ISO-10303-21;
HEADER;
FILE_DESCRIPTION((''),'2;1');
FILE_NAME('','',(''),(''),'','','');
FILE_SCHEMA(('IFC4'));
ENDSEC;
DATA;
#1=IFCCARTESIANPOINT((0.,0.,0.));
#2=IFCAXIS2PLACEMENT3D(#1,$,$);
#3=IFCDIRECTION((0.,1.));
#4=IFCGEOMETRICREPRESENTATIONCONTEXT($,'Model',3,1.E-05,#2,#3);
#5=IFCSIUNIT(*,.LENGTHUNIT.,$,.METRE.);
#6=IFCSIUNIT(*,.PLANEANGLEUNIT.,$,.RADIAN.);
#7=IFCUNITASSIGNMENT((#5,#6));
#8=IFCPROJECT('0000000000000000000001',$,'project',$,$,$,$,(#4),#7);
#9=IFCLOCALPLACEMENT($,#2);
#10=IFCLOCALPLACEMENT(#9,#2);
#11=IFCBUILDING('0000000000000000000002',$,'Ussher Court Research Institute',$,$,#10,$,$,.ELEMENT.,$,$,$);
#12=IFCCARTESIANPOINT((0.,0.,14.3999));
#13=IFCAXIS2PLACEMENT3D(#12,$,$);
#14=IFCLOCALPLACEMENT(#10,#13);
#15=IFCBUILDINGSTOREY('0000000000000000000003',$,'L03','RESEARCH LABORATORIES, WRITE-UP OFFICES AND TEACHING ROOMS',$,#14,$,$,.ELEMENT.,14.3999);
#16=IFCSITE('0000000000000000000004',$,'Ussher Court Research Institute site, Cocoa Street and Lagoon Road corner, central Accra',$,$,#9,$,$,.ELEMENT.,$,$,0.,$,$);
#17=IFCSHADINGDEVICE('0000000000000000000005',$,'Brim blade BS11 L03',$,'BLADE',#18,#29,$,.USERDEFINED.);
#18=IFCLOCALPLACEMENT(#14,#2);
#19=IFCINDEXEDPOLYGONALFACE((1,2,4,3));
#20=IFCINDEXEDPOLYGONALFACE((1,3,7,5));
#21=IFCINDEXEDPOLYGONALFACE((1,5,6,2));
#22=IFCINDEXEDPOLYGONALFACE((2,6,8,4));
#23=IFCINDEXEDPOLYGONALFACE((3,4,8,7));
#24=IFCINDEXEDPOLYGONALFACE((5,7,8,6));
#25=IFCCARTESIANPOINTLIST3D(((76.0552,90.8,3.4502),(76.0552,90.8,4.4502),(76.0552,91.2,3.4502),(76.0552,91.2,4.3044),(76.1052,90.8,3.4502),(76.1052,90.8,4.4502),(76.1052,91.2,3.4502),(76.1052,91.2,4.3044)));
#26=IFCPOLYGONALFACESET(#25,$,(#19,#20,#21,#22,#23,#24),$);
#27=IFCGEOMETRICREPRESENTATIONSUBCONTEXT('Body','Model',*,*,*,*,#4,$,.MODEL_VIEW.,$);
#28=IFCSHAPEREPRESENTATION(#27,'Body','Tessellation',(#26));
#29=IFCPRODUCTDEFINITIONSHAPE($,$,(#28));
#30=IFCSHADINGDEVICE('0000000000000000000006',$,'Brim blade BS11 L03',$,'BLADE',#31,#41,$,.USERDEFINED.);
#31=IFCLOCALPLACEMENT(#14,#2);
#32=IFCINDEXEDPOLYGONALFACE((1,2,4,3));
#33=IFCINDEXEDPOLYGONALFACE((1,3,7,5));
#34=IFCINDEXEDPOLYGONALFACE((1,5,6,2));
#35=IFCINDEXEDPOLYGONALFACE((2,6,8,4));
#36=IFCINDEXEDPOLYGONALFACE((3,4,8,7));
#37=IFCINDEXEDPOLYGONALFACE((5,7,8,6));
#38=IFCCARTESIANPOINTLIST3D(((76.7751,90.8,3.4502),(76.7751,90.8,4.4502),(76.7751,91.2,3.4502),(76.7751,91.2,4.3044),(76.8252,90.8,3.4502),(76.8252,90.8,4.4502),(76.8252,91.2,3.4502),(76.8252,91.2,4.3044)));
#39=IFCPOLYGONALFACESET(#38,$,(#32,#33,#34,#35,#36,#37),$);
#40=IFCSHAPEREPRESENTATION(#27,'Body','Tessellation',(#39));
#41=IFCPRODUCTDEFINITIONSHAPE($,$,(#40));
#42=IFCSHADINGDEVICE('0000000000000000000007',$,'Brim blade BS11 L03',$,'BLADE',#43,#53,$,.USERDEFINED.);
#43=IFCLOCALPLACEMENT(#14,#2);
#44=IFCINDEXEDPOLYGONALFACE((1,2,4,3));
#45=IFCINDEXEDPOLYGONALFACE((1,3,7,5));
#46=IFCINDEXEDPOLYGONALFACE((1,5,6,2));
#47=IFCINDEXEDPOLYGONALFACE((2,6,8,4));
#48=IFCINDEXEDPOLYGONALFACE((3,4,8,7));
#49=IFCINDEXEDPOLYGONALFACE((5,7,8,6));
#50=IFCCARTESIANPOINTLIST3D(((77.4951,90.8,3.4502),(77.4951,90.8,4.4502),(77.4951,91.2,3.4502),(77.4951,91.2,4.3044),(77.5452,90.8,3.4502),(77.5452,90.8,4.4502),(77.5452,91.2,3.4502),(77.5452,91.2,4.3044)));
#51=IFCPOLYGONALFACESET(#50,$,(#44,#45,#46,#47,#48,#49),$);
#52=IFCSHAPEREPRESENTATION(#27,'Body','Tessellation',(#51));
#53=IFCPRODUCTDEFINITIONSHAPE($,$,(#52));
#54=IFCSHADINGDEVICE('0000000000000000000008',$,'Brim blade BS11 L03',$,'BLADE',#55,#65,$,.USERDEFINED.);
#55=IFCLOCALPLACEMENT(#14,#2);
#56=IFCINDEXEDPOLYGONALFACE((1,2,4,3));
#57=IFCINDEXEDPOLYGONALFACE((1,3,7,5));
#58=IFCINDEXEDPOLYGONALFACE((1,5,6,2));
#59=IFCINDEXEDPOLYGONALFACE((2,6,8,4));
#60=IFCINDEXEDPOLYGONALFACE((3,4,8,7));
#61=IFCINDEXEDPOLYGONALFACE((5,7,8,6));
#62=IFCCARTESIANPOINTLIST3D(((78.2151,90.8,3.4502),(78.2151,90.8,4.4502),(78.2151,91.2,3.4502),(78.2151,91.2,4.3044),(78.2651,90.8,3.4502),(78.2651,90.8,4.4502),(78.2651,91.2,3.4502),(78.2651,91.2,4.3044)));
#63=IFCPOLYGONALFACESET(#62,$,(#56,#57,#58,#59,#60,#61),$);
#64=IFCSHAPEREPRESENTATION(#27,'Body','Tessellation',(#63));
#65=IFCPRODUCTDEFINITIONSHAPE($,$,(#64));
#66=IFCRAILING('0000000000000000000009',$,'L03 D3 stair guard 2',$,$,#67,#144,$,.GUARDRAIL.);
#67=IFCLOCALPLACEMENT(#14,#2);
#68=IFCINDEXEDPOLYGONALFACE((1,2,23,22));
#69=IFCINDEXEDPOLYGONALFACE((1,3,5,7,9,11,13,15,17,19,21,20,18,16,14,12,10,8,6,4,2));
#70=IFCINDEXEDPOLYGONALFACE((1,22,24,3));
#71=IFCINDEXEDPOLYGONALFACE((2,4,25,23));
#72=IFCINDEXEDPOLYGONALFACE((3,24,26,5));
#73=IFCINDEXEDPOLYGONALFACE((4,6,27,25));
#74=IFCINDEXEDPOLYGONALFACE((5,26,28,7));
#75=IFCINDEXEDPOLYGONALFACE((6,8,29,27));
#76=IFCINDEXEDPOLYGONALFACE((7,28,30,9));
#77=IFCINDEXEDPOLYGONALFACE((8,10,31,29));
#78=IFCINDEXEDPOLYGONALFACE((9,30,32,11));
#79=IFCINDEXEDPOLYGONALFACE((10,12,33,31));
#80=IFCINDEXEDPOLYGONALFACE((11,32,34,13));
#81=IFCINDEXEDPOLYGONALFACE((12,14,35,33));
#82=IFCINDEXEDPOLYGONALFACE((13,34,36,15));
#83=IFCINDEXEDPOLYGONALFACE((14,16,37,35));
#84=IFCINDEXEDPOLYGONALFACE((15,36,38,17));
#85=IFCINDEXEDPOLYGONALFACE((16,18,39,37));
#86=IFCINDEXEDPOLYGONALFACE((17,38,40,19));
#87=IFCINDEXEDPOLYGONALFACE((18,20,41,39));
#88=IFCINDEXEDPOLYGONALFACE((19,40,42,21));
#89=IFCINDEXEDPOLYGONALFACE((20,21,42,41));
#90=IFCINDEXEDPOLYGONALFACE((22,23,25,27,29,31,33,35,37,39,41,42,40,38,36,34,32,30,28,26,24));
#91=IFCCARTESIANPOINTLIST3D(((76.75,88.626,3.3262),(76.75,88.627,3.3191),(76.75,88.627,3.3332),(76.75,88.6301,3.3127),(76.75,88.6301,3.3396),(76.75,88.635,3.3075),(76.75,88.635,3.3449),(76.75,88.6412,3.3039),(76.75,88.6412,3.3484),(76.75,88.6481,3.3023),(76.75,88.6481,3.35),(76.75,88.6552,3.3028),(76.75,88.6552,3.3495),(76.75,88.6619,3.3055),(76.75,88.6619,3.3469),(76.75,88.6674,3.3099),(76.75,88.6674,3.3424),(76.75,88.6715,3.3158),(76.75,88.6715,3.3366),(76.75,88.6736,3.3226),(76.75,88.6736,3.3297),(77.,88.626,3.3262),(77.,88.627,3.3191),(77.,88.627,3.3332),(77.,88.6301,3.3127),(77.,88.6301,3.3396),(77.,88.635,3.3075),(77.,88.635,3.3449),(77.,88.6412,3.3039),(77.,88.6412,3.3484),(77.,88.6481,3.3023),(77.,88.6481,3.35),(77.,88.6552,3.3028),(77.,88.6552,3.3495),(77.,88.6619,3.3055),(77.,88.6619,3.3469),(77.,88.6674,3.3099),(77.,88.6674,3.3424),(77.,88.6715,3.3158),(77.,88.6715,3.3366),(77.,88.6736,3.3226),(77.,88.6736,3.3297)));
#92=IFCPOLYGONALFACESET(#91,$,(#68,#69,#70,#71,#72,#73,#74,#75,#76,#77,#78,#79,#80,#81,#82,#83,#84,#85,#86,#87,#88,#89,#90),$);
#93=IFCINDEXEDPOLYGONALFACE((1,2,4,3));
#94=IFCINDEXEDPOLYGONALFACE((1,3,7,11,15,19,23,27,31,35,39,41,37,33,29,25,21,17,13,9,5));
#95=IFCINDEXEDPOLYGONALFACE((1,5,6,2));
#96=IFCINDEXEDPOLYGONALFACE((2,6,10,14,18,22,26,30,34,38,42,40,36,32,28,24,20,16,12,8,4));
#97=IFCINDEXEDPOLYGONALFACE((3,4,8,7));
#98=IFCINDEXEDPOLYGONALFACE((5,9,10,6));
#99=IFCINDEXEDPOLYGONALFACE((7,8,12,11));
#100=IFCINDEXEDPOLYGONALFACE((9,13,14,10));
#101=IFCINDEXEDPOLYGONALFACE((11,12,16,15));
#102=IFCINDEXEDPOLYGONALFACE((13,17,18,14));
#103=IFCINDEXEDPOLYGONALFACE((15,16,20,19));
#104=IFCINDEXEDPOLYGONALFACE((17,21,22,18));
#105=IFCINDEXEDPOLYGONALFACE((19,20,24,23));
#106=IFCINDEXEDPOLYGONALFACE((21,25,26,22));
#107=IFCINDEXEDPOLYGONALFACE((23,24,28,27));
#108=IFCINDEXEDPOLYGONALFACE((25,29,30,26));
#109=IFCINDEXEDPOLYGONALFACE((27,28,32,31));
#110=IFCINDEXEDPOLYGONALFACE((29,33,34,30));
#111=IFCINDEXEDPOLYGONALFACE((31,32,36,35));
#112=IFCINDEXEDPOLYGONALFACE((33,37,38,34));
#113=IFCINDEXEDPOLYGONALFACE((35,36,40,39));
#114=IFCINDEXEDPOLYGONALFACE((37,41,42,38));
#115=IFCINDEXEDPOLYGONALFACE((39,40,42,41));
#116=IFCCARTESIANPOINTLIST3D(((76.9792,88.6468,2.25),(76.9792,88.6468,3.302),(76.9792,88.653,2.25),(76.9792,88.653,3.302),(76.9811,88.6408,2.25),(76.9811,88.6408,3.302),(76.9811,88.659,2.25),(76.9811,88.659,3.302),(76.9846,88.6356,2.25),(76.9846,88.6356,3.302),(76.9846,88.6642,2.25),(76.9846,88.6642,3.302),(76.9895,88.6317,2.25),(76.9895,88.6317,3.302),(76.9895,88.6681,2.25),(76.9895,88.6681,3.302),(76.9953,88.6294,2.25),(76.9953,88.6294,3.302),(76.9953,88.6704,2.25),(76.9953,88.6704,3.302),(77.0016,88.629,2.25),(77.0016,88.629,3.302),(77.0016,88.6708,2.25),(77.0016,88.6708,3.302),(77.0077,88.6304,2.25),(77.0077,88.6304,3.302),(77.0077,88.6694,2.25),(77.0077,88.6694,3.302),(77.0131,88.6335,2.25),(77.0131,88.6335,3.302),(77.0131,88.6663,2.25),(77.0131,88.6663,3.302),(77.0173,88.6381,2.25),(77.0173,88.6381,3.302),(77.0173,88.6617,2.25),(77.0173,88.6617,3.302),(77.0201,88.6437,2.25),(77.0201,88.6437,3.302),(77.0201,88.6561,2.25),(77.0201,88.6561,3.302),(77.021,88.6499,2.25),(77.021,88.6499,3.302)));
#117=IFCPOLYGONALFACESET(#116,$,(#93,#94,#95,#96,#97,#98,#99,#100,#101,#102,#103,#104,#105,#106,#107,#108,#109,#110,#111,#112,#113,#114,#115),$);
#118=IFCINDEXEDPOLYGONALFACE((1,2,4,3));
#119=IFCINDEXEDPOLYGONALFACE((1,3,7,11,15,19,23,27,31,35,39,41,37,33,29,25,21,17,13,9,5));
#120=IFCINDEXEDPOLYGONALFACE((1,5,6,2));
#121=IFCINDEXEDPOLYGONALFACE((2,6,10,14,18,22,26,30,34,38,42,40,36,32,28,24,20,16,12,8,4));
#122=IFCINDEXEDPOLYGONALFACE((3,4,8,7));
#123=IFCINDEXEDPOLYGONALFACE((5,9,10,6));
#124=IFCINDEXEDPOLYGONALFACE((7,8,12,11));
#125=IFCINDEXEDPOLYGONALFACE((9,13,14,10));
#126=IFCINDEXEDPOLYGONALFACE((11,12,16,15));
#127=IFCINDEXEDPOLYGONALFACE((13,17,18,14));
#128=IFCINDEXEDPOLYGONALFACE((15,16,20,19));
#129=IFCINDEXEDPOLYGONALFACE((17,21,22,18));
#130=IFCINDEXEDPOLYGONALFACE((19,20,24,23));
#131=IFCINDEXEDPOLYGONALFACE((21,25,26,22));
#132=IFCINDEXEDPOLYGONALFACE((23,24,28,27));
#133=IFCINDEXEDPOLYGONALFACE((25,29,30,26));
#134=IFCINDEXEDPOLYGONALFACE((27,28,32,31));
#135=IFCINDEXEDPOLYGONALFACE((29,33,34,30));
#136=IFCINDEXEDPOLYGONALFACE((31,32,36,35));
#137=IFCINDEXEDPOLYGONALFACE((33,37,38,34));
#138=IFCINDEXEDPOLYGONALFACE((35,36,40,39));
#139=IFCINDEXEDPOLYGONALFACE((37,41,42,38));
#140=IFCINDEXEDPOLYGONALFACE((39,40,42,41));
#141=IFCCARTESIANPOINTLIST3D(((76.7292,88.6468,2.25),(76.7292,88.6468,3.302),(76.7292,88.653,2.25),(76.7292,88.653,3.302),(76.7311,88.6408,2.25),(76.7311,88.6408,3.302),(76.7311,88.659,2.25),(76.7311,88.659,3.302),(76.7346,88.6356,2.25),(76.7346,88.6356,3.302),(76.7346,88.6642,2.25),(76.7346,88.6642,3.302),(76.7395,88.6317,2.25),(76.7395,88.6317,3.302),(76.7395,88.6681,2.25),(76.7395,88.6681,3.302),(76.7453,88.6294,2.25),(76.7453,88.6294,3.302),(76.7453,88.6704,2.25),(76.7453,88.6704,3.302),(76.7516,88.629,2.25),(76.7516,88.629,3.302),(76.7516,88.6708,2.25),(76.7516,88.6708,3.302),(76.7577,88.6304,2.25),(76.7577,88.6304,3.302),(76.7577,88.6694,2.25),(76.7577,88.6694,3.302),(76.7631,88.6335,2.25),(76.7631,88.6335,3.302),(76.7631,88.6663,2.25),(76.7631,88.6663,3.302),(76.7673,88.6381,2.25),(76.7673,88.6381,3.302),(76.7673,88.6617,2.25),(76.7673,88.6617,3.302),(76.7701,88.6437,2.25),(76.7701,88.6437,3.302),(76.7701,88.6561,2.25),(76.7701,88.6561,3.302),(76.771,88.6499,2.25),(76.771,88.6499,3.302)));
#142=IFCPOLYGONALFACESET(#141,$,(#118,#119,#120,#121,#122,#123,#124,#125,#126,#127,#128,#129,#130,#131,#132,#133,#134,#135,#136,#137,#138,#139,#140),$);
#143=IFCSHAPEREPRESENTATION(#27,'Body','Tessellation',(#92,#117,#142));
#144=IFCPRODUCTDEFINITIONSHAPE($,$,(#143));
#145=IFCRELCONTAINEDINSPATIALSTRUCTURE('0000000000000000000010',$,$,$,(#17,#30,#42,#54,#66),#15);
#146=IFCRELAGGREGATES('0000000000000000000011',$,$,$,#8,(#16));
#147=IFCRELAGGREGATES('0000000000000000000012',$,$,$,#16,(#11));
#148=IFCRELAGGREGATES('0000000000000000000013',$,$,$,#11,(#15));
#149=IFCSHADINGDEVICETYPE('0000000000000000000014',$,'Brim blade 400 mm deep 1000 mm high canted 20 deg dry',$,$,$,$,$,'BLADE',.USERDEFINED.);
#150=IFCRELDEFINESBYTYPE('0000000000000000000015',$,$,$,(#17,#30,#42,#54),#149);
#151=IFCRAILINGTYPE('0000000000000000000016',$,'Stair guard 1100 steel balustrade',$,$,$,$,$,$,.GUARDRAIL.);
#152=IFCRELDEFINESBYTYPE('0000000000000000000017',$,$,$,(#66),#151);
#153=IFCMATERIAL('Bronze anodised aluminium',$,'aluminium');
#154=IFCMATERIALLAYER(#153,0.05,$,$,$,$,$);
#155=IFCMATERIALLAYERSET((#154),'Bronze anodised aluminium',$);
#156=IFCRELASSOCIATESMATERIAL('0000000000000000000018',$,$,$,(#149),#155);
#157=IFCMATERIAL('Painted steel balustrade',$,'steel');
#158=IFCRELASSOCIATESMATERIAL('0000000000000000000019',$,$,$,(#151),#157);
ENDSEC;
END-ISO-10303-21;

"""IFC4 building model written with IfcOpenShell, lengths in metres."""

from ifc_helpers import new_model, si_unit, direction, frame, origin, origin_2d, place, context, subcontext, project, spatial, polyline, circle, outline, extrude, material, layer, layer_set, type_object, element, save


model = new_model("IFC4")

# Units and contexts
model_context = context("Model", 3, precision=1e-05, world=origin(), true_north=direction((0.0, 1.0)))
body_context = subcontext(model_context, "Body", "Model", "MODEL_VIEW")
ifc_project = project(units=[si_unit("LENGTHUNIT", "METRE"), si_unit("PLANEANGLEUNIT", "RADIAN")], contexts=[model_context])

# Site, building, storey
site_placement = place(None, origin())
site = spatial("IfcSite", under=ifc_project, at=site_placement, Name="Ussher Court Research Institute site, Cocoa Street and Lagoon Road corner, central Accra", CompositionType="ELEMENT", RefElevation=0.0)
building_placement = place(site_placement, origin())
building = spatial("IfcBuilding", under=site, at=building_placement, Name="Ussher Court Research Institute", CompositionType="ELEMENT")
storey_placement = place(building_placement, frame((0.0, 0.0, 14.3999)))
storey = spatial("IfcBuildingStorey", under=building, at=storey_placement, Name="L03", Description="RESEARCH LABORATORIES, WRITE-UP OFFICES AND TEACHING ROOMS", CompositionType="ELEMENT", Elevation=14.3999)

# Shading devices
ifc_material_1 = material(Name="Bronze anodised aluminium", Category="aluminium")
ifc_layer_1 = layer(ifc_material_1, 0.05)
ifc_layer_set_1 = layer_set([ifc_layer_1], Name="Bronze anodised aluminium")
shading_device_type_1 = type_object("IfcShadingDeviceType", Name="Brim blade 400 mm deep 1000 mm high canted 20 deg dry", ElementType="BLADE", PredefinedType="USERDEFINED", material=ifc_layer_set_1)
for number, where, z_axis, x_axis, name in (
    (1, (76.0801, 90.8, 3.4502), (0.0, 0.0, 1.0), (0.0, 1.0, 0.0), "Brim blade BS11 L03"),
    (2, (76.8, 90.8, 3.4502), (0.0, 0.0, 1.0), (0.0, 1.0, 0.0), "Brim blade BS11 L03"),
    (3, (77.52, 90.8, 3.4502), (0.0, 0.0, 1.0), (0.0, 1.0, 0.0), "Brim blade BS11 L03"),
    (4, (78.24, 90.8, 3.4502), (0.0, 0.0, 1.0), (0.0, 1.0, 0.0), "Brim blade BS11 L03"),
):
    element("IfcShadingDevice", number, at=place(storey_placement, frame(where, z_axis=z_axis, x_axis=x_axis)), inside=storey, type_object=shading_device_type_1, Name=name, ObjectType="BLADE", PredefinedType="USERDEFINED", context=body_context, shape_type="SweptSolid", body=[
        extrude(outline(polyline([(0.0, 0.0), (0.3999, 0.0), (0.3999, 0.8542), (0.0, 1.0), (0.0, 0.0)])), frame((0.0, 0.0249, 0.0), z_axis=(0.0, -1.0, 0.0), x_axis=(1.0, 0.0, 0.0)), (0.0, 0.0, 1.0), 0.05),
    ])

# Railing
ifc_material_2 = material(Name="Painted steel balustrade", Category="steel")
railing_type_1 = type_object("IfcRailingType", Name="Stair guard 1100 steel balustrade", PredefinedType="GUARDRAIL", material=ifc_material_2)
railing_1_placement = place(storey_placement, frame((77.0, 88.6499, 2.25)))
element("IfcRailing", 5, at=railing_1_placement, inside=storey, type_object=railing_type_1, Name="L03 D3 stair guard 2", PredefinedType="GUARDRAIL", context=body_context, shape_type="SweptSolid", body=[
    extrude(circle(Radius=0.0239, at=origin_2d()), frame((0.0, 0.0, 1.0762), z_axis=(-1.0, 0.0, 0.0), x_axis=(0.0, -1.0, 0.0)), (0.0, 0.0, 1.0), 0.25),
    extrude(circle(Radius=0.021, at=origin_2d()), origin(), (0.0, 0.0, 1.0), 1.052),
    extrude(circle(Radius=0.021, at=origin_2d()), frame((-0.25, 0.0, 0.0)), (0.0, 0.0, 1.0), 1.052),
])

save(model, "model.ifc")
